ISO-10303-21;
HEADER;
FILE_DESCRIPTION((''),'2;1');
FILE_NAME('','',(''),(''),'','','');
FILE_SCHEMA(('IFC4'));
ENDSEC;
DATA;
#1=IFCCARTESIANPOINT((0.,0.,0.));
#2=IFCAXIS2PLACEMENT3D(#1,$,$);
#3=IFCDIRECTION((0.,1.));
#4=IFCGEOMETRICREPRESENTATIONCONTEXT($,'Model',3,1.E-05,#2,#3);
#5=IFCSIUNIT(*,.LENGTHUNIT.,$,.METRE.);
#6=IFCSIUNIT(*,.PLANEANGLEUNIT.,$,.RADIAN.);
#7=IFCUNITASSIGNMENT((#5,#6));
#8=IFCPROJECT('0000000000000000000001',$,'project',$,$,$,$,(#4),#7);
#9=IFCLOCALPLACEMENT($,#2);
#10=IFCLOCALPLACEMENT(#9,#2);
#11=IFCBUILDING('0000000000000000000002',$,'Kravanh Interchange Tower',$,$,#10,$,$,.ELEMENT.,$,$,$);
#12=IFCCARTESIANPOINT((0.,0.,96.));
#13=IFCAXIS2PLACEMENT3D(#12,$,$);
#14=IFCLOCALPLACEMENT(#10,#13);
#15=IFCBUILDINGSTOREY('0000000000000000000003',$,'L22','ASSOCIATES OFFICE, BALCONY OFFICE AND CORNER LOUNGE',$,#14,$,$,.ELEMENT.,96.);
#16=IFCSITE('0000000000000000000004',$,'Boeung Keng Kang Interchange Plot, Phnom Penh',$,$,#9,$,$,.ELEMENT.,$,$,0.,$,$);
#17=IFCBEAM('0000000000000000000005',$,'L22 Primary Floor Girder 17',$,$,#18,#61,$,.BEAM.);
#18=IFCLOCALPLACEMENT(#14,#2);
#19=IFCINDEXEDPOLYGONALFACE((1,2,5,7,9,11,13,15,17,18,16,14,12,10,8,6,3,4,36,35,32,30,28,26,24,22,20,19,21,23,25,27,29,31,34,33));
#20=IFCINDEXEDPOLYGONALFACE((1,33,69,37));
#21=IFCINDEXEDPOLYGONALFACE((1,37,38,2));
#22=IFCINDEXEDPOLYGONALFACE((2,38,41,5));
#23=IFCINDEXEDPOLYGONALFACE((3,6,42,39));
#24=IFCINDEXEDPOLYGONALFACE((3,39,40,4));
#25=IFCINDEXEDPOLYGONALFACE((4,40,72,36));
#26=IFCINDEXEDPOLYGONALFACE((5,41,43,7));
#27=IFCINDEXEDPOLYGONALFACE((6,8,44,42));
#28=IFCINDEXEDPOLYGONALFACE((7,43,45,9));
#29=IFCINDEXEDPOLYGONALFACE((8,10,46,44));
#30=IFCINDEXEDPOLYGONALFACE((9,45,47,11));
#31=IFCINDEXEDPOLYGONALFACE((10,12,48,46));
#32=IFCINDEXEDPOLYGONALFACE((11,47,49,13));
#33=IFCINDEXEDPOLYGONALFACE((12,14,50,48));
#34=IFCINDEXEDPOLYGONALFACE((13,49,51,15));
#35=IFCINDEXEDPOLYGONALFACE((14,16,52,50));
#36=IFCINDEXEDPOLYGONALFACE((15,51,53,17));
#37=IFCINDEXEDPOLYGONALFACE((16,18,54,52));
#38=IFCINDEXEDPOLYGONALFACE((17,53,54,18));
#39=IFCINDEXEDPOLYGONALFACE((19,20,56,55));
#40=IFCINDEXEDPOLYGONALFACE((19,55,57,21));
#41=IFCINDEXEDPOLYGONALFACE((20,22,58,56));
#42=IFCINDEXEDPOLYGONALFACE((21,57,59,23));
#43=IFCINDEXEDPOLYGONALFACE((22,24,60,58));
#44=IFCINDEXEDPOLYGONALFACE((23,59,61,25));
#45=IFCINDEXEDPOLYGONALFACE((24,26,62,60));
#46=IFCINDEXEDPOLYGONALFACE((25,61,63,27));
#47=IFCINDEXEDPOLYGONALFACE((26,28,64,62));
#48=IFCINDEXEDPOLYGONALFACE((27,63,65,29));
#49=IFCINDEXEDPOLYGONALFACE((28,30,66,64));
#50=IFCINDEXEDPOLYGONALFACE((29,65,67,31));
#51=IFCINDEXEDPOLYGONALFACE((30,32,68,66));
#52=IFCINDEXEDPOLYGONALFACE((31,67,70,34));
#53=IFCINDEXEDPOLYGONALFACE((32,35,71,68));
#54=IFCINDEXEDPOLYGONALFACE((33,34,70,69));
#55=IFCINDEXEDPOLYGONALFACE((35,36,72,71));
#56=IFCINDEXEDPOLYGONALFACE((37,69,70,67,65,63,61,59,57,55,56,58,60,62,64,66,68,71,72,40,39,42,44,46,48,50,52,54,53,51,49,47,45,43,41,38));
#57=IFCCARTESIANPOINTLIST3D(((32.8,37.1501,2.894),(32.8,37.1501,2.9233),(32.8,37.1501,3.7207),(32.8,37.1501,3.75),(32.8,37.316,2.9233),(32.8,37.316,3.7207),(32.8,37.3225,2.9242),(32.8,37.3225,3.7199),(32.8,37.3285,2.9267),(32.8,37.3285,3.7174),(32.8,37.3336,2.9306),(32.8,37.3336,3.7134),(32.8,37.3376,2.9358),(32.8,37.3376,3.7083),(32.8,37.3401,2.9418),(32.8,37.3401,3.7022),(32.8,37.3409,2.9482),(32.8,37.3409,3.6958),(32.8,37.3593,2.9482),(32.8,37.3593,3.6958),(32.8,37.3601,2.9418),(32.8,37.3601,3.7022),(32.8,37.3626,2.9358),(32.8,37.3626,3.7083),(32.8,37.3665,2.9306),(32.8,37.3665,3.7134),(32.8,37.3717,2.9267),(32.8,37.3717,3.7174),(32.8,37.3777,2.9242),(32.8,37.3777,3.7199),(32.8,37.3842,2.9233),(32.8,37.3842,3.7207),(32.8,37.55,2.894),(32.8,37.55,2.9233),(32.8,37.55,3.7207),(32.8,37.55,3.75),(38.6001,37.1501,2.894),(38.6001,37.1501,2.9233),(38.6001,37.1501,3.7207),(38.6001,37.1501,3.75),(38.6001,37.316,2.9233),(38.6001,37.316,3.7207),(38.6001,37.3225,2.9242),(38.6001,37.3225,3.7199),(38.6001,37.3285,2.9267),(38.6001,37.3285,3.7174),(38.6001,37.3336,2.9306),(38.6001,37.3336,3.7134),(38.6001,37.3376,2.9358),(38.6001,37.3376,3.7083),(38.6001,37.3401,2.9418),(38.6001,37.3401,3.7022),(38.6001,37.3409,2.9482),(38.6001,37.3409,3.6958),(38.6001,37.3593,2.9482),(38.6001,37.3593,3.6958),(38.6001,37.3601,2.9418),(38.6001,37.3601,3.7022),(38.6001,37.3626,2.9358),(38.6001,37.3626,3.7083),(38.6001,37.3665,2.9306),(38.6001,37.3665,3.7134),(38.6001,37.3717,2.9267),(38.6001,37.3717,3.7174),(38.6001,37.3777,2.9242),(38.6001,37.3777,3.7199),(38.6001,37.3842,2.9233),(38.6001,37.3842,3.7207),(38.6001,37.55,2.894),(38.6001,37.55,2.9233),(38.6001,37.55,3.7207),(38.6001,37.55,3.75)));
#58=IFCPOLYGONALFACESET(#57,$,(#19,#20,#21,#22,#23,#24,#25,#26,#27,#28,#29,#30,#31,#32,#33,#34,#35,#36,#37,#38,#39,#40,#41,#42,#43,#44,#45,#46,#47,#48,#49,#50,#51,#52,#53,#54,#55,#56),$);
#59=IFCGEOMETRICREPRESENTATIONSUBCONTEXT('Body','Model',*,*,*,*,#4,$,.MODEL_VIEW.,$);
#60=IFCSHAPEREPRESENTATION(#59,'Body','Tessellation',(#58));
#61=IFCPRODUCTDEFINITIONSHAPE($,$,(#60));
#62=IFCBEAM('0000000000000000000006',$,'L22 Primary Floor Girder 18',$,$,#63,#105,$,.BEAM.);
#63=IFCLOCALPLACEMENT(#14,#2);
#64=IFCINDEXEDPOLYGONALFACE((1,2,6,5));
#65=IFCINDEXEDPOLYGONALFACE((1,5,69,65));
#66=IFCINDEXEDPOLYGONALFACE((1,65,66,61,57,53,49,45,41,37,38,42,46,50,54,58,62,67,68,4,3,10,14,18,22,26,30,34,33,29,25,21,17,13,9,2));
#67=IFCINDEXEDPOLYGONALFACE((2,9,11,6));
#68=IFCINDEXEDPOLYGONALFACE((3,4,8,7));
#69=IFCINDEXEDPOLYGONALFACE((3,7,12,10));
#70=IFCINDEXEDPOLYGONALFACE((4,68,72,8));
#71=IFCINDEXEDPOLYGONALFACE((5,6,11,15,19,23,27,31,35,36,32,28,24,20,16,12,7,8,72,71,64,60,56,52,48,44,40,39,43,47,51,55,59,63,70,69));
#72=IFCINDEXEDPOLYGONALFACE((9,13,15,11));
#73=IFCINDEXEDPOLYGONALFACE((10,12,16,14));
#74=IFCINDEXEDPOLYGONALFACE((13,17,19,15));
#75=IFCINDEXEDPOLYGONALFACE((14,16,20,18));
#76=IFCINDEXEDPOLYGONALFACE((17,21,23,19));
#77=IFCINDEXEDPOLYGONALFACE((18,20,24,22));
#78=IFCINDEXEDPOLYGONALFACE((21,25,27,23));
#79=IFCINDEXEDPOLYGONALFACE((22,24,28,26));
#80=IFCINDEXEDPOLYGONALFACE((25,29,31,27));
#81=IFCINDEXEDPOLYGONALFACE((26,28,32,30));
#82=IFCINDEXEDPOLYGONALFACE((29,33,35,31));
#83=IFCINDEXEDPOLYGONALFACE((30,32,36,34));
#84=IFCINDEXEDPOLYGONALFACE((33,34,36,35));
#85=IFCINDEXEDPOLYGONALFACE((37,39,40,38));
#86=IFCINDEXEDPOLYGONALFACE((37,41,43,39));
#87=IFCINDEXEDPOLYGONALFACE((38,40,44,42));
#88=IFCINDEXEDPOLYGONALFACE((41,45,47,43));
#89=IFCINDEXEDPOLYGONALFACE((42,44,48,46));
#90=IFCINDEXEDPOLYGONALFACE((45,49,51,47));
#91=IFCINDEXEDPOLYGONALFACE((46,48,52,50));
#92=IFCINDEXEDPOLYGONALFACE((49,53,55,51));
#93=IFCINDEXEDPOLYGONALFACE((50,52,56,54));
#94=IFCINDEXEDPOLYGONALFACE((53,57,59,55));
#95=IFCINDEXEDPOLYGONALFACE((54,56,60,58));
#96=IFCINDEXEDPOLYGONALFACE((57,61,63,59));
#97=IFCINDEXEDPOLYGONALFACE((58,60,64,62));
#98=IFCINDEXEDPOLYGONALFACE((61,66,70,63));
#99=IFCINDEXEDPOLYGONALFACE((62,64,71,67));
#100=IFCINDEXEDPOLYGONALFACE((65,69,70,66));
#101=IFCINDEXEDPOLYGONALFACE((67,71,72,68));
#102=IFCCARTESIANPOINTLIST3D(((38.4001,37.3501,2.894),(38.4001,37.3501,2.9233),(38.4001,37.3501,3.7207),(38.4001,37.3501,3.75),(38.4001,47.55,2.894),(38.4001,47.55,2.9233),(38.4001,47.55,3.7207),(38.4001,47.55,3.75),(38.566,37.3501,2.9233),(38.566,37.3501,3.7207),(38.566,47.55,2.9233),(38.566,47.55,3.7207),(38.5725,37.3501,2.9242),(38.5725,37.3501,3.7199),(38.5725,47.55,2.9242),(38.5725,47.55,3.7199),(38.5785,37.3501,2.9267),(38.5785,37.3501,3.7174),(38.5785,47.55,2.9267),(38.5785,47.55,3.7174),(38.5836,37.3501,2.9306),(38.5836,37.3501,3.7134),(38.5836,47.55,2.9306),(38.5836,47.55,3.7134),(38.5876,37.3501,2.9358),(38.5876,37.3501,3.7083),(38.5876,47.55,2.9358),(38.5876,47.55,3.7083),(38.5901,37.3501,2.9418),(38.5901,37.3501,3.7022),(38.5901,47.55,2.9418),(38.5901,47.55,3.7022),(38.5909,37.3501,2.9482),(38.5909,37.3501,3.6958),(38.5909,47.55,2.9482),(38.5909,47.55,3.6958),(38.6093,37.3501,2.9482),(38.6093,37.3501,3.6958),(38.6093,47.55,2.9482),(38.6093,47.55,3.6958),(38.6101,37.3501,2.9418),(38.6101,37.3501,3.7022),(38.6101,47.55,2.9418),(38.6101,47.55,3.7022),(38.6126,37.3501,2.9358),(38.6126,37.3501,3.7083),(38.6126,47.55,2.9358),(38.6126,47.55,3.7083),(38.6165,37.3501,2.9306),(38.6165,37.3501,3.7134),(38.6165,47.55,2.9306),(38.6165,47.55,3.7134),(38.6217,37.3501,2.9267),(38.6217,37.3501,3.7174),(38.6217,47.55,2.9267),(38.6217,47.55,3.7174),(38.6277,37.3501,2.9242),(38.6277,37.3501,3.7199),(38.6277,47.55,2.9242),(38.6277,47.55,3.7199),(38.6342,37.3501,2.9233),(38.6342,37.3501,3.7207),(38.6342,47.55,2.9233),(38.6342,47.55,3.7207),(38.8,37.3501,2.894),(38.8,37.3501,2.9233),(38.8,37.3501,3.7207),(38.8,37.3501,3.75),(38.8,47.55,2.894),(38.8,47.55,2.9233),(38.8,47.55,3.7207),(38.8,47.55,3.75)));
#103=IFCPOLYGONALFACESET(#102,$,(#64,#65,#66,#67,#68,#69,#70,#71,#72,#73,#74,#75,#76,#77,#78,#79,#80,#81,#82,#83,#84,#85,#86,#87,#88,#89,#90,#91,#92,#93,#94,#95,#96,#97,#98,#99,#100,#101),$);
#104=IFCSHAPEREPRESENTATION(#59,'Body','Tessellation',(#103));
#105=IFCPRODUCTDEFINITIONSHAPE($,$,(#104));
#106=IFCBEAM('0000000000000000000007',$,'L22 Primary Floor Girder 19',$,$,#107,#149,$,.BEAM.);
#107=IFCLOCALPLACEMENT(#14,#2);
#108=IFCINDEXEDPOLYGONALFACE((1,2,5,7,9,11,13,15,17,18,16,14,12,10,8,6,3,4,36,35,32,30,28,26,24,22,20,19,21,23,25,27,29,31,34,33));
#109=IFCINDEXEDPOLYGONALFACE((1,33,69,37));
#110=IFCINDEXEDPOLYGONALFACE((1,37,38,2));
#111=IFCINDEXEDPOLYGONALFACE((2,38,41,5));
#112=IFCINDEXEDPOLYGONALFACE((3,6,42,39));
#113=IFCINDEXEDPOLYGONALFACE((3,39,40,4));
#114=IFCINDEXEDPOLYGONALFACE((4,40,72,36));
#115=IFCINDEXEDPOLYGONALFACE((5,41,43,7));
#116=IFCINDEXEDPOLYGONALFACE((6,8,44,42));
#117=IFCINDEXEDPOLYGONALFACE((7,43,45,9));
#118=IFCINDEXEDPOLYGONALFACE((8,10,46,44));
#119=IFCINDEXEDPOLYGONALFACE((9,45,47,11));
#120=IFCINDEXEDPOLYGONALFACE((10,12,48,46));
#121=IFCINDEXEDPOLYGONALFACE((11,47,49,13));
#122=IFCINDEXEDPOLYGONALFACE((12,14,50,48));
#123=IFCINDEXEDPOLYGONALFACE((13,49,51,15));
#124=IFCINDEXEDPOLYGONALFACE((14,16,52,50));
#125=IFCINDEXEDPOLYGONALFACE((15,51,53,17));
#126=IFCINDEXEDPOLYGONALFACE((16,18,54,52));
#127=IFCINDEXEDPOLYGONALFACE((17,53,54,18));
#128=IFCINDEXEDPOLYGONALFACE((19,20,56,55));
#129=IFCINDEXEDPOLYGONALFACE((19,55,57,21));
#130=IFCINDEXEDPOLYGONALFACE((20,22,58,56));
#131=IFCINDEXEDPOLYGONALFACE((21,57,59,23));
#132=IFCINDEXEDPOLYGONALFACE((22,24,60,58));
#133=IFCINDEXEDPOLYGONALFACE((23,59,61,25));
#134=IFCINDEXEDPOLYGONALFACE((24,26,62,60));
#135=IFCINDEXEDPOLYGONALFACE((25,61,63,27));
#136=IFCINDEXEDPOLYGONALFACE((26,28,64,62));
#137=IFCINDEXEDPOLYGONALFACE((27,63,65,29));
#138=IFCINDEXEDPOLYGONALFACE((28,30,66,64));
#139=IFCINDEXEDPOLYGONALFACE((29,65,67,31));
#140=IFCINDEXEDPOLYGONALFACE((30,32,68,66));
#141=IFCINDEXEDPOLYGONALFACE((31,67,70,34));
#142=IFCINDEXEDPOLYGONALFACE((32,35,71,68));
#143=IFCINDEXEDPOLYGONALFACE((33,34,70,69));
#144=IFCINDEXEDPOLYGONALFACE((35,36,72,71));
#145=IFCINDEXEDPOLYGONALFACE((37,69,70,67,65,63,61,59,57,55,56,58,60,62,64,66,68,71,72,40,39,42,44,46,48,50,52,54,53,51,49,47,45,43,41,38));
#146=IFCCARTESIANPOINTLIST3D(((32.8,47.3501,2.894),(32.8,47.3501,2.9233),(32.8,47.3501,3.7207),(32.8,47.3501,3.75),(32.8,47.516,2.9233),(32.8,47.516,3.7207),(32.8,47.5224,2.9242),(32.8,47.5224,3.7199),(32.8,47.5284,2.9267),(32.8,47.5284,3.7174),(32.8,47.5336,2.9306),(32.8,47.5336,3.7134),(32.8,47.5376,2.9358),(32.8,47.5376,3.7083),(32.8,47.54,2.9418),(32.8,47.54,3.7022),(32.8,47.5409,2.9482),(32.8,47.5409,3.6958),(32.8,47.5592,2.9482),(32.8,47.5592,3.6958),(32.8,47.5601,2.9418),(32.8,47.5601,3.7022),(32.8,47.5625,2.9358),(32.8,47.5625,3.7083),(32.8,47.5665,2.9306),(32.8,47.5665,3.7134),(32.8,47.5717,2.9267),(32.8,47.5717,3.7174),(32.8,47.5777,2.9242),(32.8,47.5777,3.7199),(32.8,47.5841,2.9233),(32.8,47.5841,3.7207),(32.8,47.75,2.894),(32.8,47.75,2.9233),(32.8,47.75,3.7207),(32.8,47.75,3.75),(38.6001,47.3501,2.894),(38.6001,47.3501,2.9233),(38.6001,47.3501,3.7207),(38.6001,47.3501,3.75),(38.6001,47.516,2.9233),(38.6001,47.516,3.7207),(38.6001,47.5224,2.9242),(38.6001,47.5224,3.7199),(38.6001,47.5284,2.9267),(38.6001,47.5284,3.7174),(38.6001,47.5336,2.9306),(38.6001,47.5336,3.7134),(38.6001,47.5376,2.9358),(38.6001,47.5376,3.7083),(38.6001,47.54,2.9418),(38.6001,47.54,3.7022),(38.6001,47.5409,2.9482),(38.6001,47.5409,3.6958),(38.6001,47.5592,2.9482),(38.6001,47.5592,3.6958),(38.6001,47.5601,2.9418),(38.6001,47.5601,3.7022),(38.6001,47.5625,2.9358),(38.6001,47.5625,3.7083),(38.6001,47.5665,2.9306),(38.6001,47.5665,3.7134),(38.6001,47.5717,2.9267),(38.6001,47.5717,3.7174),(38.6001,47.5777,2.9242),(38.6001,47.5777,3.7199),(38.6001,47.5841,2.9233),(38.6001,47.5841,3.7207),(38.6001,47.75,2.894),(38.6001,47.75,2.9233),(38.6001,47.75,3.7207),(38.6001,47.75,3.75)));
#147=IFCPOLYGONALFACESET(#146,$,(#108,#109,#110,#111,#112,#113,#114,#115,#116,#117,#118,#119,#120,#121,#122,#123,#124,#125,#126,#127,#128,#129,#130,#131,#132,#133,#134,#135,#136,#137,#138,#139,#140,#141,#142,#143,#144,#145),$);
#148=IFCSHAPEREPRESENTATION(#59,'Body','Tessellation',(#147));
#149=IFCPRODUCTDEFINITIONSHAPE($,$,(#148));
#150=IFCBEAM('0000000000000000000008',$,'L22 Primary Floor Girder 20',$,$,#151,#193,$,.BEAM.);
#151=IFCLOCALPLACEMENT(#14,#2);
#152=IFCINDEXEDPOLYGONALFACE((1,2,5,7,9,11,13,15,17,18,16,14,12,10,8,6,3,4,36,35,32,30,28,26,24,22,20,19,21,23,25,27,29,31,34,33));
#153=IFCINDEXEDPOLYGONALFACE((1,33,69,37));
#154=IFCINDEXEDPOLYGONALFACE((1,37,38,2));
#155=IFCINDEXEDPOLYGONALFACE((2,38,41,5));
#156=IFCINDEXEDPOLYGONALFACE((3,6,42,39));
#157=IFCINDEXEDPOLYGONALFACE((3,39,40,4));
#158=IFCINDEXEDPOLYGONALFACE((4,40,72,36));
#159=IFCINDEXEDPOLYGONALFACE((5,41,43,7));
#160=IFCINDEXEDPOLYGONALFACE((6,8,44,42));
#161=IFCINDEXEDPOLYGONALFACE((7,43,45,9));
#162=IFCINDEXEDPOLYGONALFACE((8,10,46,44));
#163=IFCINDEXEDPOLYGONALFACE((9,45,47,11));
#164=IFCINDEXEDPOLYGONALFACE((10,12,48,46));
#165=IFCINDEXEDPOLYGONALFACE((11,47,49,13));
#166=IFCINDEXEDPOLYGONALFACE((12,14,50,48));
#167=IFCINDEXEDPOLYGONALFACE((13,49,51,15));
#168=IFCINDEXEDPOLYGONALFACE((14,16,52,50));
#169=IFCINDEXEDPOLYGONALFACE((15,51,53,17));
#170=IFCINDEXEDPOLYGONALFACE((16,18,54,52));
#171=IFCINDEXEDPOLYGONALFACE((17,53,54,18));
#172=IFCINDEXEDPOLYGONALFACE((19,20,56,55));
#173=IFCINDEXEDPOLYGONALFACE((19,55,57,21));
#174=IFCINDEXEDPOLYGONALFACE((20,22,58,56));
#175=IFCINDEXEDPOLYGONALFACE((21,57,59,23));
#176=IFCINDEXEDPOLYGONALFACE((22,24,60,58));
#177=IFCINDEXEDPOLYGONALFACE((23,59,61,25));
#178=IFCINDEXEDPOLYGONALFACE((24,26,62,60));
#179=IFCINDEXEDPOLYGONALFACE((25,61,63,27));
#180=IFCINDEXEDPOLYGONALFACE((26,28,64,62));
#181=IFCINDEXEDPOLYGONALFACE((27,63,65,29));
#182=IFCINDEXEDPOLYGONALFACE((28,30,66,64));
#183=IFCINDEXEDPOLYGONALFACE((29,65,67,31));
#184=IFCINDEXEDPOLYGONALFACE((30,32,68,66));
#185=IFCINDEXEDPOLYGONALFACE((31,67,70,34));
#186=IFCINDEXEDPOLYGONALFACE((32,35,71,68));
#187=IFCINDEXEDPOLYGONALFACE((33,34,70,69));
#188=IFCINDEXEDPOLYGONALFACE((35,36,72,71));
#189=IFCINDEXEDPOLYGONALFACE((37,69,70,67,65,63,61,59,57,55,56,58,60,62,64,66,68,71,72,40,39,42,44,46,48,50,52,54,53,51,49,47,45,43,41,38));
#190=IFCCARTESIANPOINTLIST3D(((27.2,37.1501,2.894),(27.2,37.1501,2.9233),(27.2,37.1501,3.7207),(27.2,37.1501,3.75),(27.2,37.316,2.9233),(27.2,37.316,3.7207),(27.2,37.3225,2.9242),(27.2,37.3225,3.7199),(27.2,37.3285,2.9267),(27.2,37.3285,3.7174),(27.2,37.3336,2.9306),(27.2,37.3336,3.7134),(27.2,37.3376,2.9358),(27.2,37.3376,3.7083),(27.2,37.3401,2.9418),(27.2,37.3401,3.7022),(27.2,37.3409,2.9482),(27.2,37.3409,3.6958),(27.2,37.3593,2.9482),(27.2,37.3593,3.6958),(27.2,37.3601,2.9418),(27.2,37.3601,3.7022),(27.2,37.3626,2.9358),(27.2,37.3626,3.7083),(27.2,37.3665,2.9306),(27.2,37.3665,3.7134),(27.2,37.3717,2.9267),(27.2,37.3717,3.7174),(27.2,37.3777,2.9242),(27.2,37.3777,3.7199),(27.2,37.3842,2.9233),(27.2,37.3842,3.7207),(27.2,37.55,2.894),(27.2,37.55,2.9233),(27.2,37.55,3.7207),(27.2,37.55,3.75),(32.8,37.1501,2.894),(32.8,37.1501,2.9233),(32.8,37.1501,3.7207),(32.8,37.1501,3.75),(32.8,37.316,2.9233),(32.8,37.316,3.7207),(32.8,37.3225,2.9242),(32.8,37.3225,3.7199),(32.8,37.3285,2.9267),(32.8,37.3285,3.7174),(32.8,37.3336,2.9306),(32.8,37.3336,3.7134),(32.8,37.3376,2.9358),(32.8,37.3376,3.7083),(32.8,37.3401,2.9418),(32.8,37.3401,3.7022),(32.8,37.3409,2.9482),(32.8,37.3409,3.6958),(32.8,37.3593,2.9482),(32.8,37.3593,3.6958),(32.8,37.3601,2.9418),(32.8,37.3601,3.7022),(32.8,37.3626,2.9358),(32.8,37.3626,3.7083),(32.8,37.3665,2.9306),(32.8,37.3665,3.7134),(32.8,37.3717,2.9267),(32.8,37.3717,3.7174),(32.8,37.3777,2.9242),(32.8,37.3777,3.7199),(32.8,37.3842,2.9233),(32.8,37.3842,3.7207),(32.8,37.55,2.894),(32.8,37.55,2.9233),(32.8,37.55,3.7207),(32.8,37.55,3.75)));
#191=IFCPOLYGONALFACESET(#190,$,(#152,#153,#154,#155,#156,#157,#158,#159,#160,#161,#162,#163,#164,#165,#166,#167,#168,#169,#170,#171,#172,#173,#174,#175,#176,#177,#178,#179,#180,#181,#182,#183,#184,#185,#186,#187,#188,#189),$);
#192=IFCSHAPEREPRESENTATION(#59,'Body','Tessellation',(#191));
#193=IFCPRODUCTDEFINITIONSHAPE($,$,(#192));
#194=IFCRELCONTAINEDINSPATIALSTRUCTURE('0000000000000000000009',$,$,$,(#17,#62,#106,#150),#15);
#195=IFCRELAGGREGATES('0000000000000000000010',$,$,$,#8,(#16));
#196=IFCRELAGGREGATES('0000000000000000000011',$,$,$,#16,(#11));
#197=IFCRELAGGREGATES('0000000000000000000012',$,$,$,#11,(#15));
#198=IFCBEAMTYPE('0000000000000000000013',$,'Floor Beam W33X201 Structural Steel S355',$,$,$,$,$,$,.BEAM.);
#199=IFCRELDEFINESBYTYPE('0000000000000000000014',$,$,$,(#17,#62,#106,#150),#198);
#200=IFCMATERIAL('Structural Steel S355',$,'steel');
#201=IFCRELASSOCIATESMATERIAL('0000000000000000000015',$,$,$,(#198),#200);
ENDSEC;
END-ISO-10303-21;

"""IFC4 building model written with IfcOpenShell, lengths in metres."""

from ifc_helpers import new_model, si_unit, direction, frame, origin, origin_2d, place, context, subcontext, project, spatial, i_section, extrude, material, material_profile, profile_set, type_object, element, save


model = new_model("IFC4")

# Units and contexts
model_context = context("Model", 3, precision=1e-05, world=origin(), true_north=direction((0.0, 1.0)))
body_context = subcontext(model_context, "Body", "Model", "MODEL_VIEW")
ifc_project = project(units=[si_unit("LENGTHUNIT", "METRE"), si_unit("PLANEANGLEUNIT", "RADIAN")], contexts=[model_context])

# Site, building, storey
site_placement = place(None, origin())
site = spatial("IfcSite", under=ifc_project, at=site_placement, Name="Boeung Keng Kang Interchange Plot, Phnom Penh", CompositionType="ELEMENT", RefElevation=0.0)
building_placement = place(site_placement, origin())
building = spatial("IfcBuilding", under=site, at=building_placement, Name="Kravanh Interchange Tower", CompositionType="ELEMENT")
storey_placement = place(building_placement, frame((0.0, 0.0, 96.0)))
storey = spatial("IfcBuildingStorey", under=building, at=storey_placement, Name="L22", Description="ASSOCIATES OFFICE, BALCONY OFFICE AND CORNER LOUNGE", CompositionType="ELEMENT", Elevation=96.0)

# Beams
ifc_material_1 = material(Name="Structural Steel S355", Category="steel")
ifc_material_profile_1 = material_profile(ifc_material_1, i_section(OverallWidth=0.3999, OverallDepth=0.856, WebThickness=0.0183, FlangeThickness=0.0293, FilletRadius=0.0249, at=origin_2d()), Name="W33X201")
ifc_profile_set_1 = profile_set([ifc_material_profile_1], Name="Structural Steel S355")
beam_type = type_object("IfcBeamType", Name="Floor Beam W33X201 Structural Steel S355", PredefinedType="BEAM", material=ifc_profile_set_1)
beam_1_placement = place(storey_placement, frame((38.6001, 37.3501, 3.322), z_axis=(-1.0, 0.0, 0.0), x_axis=(0.0, -1.0, 0.0)))
element("IfcBeam", 1, at=beam_1_placement, inside=storey, type_object=beam_type, Name="L22 Primary Floor Girder 17", PredefinedType="BEAM", context=body_context, shape_type="SweptSolid", body=[
    extrude(i_section(OverallWidth=0.3999, OverallDepth=0.856, WebThickness=0.0183, FlangeThickness=0.0293, FilletRadius=0.0249, at=origin_2d()), origin(), (0.0, 0.0, 1.0), 5.8),
])
beam_2_placement = place(storey_placement, frame((38.6001, 37.3501, 3.322), z_axis=(0.0, 1.0, 0.0), x_axis=(-1.0, 0.0, 0.0)))
element("IfcBeam", 2, at=beam_2_placement, inside=storey, type_object=beam_type, Name="L22 Primary Floor Girder 18", PredefinedType="BEAM", context=body_context, shape_type="SweptSolid", body=[
    extrude(i_section(OverallWidth=0.3999, OverallDepth=0.856, WebThickness=0.0183, FlangeThickness=0.0293, FilletRadius=0.0249, at=origin_2d()), origin(), (0.0, 0.0, 1.0), 10.2),
])
beam_3_placement = place(storey_placement, frame((38.6001, 47.55, 3.322), z_axis=(-1.0, 0.0, 0.0), x_axis=(0.0, -1.0, 0.0)))
element("IfcBeam", 3, at=beam_3_placement, inside=storey, type_object=beam_type, Name="L22 Primary Floor Girder 19", PredefinedType="BEAM", context=body_context, shape_type="SweptSolid", body=[
    extrude(i_section(OverallWidth=0.3999, OverallDepth=0.856, WebThickness=0.0183, FlangeThickness=0.0293, FilletRadius=0.0249, at=origin_2d()), origin(), (0.0, 0.0, 1.0), 5.8),
])
beam_4_placement = place(storey_placement, frame((32.8, 37.3501, 3.322), z_axis=(-1.0, 0.0, 0.0), x_axis=(0.0, -1.0, 0.0)))
element("IfcBeam", 4, at=beam_4_placement, inside=storey, type_object=beam_type, Name="L22 Primary Floor Girder 20", PredefinedType="BEAM", context=body_context, shape_type="SweptSolid", body=[
    extrude(i_section(OverallWidth=0.3999, OverallDepth=0.856, WebThickness=0.0183, FlangeThickness=0.0293, FilletRadius=0.0249, at=origin_2d()), origin(), (0.0, 0.0, 1.0), 5.6001),
])

save(model, "model.ifc")
